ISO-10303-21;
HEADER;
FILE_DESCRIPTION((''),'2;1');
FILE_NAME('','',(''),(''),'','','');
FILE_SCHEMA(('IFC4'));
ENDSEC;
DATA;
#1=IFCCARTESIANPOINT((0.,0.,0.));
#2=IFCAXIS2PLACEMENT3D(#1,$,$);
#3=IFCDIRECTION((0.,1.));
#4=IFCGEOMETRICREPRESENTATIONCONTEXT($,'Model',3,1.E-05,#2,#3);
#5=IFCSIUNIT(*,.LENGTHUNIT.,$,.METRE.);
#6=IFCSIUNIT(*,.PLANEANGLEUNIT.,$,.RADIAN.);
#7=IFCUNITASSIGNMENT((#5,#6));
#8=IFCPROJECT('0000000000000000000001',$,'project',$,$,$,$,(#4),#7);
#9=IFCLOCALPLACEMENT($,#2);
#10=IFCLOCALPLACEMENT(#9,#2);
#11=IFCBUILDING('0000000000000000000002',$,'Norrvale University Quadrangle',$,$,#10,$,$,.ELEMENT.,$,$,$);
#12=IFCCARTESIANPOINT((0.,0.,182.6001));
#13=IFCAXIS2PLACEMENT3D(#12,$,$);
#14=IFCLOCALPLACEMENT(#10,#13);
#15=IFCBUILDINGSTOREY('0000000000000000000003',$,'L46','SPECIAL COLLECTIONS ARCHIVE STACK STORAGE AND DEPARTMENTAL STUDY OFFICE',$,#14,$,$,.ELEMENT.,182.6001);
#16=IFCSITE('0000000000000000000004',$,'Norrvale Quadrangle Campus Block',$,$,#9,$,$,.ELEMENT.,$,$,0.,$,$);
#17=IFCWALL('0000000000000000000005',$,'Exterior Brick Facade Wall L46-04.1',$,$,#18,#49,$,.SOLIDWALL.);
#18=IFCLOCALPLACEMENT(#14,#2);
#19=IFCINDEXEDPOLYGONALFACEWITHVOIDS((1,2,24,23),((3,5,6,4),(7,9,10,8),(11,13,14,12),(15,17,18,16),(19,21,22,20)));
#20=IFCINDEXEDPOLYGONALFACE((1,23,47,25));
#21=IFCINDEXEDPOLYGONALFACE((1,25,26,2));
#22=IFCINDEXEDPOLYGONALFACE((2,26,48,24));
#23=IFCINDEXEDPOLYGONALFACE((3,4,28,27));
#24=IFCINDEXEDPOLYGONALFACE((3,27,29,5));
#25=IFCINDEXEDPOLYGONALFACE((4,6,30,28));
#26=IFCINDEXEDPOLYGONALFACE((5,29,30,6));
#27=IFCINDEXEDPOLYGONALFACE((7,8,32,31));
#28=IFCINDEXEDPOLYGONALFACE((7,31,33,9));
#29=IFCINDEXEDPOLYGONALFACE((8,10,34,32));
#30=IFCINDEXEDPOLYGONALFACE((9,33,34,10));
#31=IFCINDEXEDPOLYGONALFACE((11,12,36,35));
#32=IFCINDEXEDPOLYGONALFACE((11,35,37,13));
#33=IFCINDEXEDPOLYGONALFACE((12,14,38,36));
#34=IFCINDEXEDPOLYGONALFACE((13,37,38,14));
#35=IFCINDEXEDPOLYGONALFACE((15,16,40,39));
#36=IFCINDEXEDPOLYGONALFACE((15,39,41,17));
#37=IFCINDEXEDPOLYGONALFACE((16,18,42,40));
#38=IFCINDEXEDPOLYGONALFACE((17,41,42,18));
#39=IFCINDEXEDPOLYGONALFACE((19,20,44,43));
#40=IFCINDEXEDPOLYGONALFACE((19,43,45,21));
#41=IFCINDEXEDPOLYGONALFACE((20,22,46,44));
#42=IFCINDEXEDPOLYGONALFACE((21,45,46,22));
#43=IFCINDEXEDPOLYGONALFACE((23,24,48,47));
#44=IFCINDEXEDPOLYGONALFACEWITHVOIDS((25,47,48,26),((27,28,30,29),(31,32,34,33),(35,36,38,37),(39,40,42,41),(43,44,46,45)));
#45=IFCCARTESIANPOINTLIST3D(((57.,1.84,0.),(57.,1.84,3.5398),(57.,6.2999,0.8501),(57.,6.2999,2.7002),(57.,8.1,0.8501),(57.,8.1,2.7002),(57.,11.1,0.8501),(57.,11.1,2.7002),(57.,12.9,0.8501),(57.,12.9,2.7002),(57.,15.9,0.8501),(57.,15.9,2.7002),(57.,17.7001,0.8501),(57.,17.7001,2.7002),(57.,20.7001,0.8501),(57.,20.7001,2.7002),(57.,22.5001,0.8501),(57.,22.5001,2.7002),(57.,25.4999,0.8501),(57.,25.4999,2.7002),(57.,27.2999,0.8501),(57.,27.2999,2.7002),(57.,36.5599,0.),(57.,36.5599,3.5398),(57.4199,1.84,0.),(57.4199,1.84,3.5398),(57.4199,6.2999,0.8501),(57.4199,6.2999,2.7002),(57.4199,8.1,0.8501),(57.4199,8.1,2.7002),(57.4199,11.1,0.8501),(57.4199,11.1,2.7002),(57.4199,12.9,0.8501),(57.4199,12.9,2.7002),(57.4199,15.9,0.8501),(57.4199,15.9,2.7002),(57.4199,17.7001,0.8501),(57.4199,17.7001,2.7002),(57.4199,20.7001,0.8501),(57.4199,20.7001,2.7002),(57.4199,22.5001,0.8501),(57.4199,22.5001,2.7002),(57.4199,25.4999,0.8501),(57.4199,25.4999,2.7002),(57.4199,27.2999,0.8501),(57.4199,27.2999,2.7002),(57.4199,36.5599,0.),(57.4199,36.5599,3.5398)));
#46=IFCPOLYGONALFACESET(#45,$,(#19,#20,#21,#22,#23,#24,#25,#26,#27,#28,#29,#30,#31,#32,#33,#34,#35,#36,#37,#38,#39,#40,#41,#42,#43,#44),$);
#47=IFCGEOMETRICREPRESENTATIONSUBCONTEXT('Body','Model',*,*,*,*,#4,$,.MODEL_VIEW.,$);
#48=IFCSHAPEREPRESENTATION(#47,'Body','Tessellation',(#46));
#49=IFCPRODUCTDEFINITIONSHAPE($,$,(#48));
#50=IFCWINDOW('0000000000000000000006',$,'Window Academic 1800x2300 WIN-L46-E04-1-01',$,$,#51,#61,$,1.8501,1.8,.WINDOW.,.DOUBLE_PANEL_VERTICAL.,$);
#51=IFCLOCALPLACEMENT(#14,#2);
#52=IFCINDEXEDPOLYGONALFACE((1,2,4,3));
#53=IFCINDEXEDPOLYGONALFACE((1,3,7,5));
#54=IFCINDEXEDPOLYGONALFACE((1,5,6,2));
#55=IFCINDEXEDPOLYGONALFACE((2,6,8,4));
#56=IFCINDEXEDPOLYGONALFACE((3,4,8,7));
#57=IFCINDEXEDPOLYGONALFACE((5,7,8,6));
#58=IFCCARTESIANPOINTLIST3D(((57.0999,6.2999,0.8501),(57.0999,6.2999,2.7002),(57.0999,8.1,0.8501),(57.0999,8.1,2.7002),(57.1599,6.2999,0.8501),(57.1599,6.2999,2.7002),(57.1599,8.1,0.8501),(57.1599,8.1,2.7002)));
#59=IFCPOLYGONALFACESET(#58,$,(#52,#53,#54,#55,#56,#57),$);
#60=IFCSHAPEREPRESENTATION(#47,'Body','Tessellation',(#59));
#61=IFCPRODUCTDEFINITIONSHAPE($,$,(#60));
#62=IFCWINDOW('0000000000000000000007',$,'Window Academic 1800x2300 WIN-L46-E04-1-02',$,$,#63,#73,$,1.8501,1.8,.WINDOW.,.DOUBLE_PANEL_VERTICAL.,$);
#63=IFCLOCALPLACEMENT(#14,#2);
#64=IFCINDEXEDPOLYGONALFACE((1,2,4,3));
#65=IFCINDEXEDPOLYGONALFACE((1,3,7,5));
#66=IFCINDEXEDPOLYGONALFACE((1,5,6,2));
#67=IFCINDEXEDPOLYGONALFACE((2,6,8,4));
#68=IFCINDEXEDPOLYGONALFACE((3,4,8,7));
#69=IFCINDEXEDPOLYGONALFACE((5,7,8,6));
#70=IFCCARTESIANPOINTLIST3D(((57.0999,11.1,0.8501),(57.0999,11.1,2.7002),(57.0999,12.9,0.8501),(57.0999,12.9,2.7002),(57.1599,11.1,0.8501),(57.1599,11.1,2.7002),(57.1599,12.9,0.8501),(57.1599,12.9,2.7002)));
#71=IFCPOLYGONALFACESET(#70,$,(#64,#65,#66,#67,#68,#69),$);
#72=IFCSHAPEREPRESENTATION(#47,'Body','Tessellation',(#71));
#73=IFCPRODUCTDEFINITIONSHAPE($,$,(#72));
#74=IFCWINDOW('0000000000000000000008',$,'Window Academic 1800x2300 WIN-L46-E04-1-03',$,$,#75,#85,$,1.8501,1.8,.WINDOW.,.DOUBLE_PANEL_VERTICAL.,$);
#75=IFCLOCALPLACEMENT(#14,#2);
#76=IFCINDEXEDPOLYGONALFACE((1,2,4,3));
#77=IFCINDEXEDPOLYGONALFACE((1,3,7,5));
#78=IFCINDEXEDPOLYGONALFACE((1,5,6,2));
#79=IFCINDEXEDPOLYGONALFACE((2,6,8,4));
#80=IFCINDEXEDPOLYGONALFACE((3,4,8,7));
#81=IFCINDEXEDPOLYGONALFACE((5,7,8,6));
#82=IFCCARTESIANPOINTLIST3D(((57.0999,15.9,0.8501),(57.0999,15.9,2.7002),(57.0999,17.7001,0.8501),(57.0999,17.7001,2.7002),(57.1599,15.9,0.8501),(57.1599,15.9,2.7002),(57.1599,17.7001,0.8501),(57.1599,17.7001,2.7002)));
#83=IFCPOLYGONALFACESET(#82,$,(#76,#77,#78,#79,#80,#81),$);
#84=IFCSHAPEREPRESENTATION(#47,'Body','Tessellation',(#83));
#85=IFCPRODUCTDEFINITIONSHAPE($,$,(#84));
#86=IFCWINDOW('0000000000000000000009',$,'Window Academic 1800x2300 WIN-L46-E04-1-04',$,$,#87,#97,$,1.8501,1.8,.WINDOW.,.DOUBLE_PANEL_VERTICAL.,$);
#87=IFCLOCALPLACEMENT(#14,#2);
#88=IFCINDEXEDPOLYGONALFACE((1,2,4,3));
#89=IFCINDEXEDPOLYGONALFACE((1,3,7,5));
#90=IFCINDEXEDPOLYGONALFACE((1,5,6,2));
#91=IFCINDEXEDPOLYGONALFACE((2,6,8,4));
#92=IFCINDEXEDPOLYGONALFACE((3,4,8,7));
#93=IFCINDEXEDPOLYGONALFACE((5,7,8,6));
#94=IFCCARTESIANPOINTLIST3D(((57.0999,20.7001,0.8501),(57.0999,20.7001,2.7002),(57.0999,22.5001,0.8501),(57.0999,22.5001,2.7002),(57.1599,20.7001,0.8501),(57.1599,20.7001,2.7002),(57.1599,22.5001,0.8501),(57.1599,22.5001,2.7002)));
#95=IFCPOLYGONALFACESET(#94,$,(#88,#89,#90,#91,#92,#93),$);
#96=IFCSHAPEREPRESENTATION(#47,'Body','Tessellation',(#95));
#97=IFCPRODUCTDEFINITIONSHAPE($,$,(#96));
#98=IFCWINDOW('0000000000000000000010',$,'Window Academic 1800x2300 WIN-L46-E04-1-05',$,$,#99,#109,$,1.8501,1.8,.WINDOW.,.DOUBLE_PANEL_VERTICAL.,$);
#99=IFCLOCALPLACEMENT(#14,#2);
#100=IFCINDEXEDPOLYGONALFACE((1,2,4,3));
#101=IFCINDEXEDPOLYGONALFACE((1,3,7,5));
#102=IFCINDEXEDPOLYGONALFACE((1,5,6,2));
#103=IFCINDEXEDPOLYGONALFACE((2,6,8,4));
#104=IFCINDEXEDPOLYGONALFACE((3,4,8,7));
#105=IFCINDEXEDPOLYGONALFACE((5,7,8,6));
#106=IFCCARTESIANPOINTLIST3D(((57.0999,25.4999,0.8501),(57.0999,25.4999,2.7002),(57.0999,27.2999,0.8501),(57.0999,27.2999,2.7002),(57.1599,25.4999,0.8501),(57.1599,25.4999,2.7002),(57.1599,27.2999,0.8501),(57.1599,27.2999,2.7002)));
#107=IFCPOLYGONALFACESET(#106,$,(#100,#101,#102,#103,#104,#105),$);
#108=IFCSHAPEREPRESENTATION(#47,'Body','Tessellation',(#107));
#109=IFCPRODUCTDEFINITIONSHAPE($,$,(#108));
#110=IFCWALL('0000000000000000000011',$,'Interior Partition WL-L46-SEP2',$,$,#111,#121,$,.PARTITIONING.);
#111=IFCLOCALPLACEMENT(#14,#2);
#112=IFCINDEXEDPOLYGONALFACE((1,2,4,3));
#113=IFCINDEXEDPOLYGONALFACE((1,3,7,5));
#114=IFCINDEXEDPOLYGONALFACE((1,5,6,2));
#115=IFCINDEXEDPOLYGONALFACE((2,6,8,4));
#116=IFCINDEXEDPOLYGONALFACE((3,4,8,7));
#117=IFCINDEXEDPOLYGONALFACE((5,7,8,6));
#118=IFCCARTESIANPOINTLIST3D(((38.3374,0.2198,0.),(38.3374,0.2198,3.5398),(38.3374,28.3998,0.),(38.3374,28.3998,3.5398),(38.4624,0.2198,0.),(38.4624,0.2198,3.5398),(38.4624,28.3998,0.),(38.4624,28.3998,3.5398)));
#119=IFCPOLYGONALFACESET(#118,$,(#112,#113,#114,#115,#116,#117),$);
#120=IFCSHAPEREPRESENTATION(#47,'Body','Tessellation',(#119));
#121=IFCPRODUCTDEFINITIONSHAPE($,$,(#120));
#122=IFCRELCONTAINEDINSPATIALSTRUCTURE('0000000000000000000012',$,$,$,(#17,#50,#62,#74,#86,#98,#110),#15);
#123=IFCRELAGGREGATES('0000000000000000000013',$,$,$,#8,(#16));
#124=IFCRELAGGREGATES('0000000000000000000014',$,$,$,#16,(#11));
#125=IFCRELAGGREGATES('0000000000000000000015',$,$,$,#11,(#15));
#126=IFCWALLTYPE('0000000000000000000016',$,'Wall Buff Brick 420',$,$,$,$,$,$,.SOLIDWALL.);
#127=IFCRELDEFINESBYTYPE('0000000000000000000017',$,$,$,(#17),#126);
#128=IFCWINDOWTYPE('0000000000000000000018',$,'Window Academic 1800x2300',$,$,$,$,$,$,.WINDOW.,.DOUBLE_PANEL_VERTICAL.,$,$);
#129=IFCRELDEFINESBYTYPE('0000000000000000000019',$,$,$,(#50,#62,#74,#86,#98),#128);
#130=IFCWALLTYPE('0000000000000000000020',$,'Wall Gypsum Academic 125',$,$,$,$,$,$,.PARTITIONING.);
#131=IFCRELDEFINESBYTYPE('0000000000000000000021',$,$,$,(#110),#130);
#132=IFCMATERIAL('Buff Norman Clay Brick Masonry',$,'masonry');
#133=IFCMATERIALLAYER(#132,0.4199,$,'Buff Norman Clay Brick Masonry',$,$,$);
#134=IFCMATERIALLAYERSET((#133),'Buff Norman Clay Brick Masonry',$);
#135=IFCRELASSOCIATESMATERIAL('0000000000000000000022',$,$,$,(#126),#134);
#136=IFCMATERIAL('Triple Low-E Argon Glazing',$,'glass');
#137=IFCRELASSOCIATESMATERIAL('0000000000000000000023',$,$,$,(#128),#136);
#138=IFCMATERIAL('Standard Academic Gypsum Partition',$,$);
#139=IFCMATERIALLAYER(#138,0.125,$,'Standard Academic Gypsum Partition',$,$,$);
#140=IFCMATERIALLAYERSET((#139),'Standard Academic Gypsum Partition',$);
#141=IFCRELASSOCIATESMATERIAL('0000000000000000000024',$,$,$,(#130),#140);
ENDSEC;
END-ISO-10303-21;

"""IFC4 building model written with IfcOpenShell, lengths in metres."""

from ifc_helpers import new_model, si_unit, direction, frame, frame_2d, origin, place, context, subcontext, project, spatial, rectangle, extrude, material, layer, layer_set, type_object, element, fill, save


model = new_model("IFC4")

# Units and contexts
model_context = context("Model", 3, precision=1e-05, world=origin(), true_north=direction((0.0, 1.0)))
body_context = subcontext(model_context, "Body", "Model", "MODEL_VIEW")
ifc_project = project(units=[si_unit("LENGTHUNIT", "METRE"), si_unit("PLANEANGLEUNIT", "RADIAN")], contexts=[model_context])

# Site, building, storey
site_placement = place(None, origin())
site = spatial("IfcSite", under=ifc_project, at=site_placement, Name="Norrvale Quadrangle Campus Block", CompositionType="ELEMENT", RefElevation=0.0)
building_placement = place(site_placement, origin())
building = spatial("IfcBuilding", under=site, at=building_placement, Name="Norrvale University Quadrangle", CompositionType="ELEMENT")
storey_placement = place(building_placement, frame((0.0, 0.0, 182.6001)))
storey = spatial("IfcBuildingStorey", under=building, at=storey_placement, Name="L46", Description="SPECIAL COLLECTIONS ARCHIVE STACK STORAGE AND DEPARTMENTAL STUDY OFFICE", CompositionType="ELEMENT", Elevation=182.6001)

# Shared definitions
ifc_material_1 = material(Name="Buff Norman Clay Brick Masonry", Category="masonry")
ifc_layer_1 = layer(ifc_material_1, 0.4199, Name="Buff Norman Clay Brick Masonry")
ifc_layer_set_1 = layer_set([ifc_layer_1], Name="Buff Norman Clay Brick Masonry")
wall_type_1 = type_object("IfcWallType", Name="Wall Buff Brick 420", PredefinedType="SOLIDWALL", material=ifc_layer_set_1)

# Wall, openings, windows
wall_1_placement = place(storey_placement, frame((57.21, 1.8401, 0.0), z_axis=(0.0, 0.0, 1.0), x_axis=(0.0, 1.0, 0.0)))
wall_1 = element("IfcWall", 1, at=wall_1_placement, inside=storey, type_object=wall_type_1, Name="Exterior Brick Facade Wall L46-04.1", PredefinedType="SOLIDWALL", context=body_context, shape_type="SweptSolid", body=[
    extrude(rectangle(XDim=34.72, YDim=0.4199, at=frame_2d((17.3599, 0.0))), origin(), (0.0, 0.0, 1.0), 3.5398),
])
opening_1_placement = place(wall_1_placement, frame((4.46, 0.0, 0.8501)))
opening_1 = element("IfcOpeningElement", 2, at=opening_1_placement, cuts=wall_1, PredefinedType="OPENING", context=body_context, shape_type="SweptSolid", body=[
    extrude(rectangle(XDim=1.8, YDim=1.8501, at=frame_2d((0.8999, 0.925))), frame((0.0, 0.2219, 0.0), z_axis=(0.0, -1.0, 0.0), x_axis=(1.0, 0.0, 0.0)), (0.0, 0.0, 1.0), 0.4438),
])
opening_2_placement = place(wall_1_placement, frame((9.26, 0.0, 0.8501)))
opening_2 = element("IfcOpeningElement", 3, at=opening_2_placement, cuts=wall_1, PredefinedType="OPENING", context=body_context, shape_type="SweptSolid", body=[
    extrude(rectangle(XDim=1.8, YDim=1.8501, at=frame_2d((0.8999, 0.925))), frame((0.0, 0.2219, 0.0), z_axis=(0.0, -1.0, 0.0), x_axis=(1.0, 0.0, 0.0)), (0.0, 0.0, 1.0), 0.4438),
])
opening_3_placement = place(wall_1_placement, frame((14.0601, 0.0, 0.8501)))
opening_3 = element("IfcOpeningElement", 4, at=opening_3_placement, cuts=wall_1, PredefinedType="OPENING", context=body_context, shape_type="SweptSolid", body=[
    extrude(rectangle(XDim=1.8, YDim=1.8501, at=frame_2d((0.8999, 0.925))), frame((0.0, 0.2219, 0.0), z_axis=(0.0, -1.0, 0.0), x_axis=(1.0, 0.0, 0.0)), (0.0, 0.0, 1.0), 0.4438),
])
opening_4_placement = place(wall_1_placement, frame((18.8601, 0.0, 0.8501)))
opening_4 = element("IfcOpeningElement", 5, at=opening_4_placement, cuts=wall_1, PredefinedType="OPENING", context=body_context, shape_type="SweptSolid", body=[
    extrude(rectangle(XDim=1.8, YDim=1.8501, at=frame_2d((0.8999, 0.925))), frame((0.0, 0.2219, 0.0), z_axis=(0.0, -1.0, 0.0), x_axis=(1.0, 0.0, 0.0)), (0.0, 0.0, 1.0), 0.4438),
])
opening_5_placement = place(wall_1_placement, frame((23.6599, 0.0, 0.8501)))
opening_5 = element("IfcOpeningElement", 6, at=opening_5_placement, cuts=wall_1, PredefinedType="OPENING", context=body_context, shape_type="SweptSolid", body=[
    extrude(rectangle(XDim=1.8, YDim=1.8501, at=frame_2d((0.8999, 0.925))), frame((0.0, 0.2219, 0.0), z_axis=(0.0, -1.0, 0.0), x_axis=(1.0, 0.0, 0.0)), (0.0, 0.0, 1.0), 0.4438),
])
ifc_material_2 = material(Name="Triple Low-E Argon Glazing", Category="glass")
window_type = type_object("IfcWindowType", Name="Window Academic 1800x2300", PartitioningType="DOUBLE_PANEL_VERTICAL", PredefinedType="WINDOW", material=ifc_material_2)
window_1_placement = place(opening_1_placement, origin())
window_1 = element("IfcWindow", 7, at=window_1_placement, inside=storey, type_object=window_type, Name="Window Academic 1800x2300 WIN-L46-E04-1-01", OverallHeight=1.8501, OverallWidth=1.8, PartitioningType="DOUBLE_PANEL_VERTICAL", PredefinedType="WINDOW", context=body_context, shape_type="SweptSolid", body=[
    extrude(rectangle(XDim=1.8, YDim=1.8501, at=frame_2d((0.8999, 0.925))), frame((0.0, 0.1101, 0.0), z_axis=(0.0, -1.0, 0.0), x_axis=(1.0, 0.0, 0.0)), (0.0, 0.0, 1.0), 0.0601),
])
fill(opening_1, window_1)
window_2_placement = place(opening_2_placement, origin())
window_2 = element("IfcWindow", 8, at=window_2_placement, inside=storey, type_object=window_type, Name="Window Academic 1800x2300 WIN-L46-E04-1-02", OverallHeight=1.8501, OverallWidth=1.8, PartitioningType="DOUBLE_PANEL_VERTICAL", PredefinedType="WINDOW", context=body_context, shape_type="SweptSolid", body=[
    extrude(rectangle(XDim=1.8, YDim=1.8501, at=frame_2d((0.8999, 0.925))), frame((0.0, 0.1101, 0.0), z_axis=(0.0, -1.0, 0.0), x_axis=(1.0, 0.0, 0.0)), (0.0, 0.0, 1.0), 0.0601),
])
fill(opening_2, window_2)
window_3_placement = place(opening_3_placement, origin())
window_3 = element("IfcWindow", 9, at=window_3_placement, inside=storey, type_object=window_type, Name="Window Academic 1800x2300 WIN-L46-E04-1-03", OverallHeight=1.8501, OverallWidth=1.8, PartitioningType="DOUBLE_PANEL_VERTICAL", PredefinedType="WINDOW", context=body_context, shape_type="SweptSolid", body=[
    extrude(rectangle(XDim=1.8, YDim=1.8501, at=frame_2d((0.8999, 0.925))), frame((0.0, 0.1101, 0.0), z_axis=(0.0, -1.0, 0.0), x_axis=(1.0, 0.0, 0.0)), (0.0, 0.0, 1.0), 0.0601),
])
fill(opening_3, window_3)
window_4_placement = place(opening_4_placement, origin())
window_4 = element("IfcWindow", 10, at=window_4_placement, inside=storey, type_object=window_type, Name="Window Academic 1800x2300 WIN-L46-E04-1-04", OverallHeight=1.8501, OverallWidth=1.8, PartitioningType="DOUBLE_PANEL_VERTICAL", PredefinedType="WINDOW", context=body_context, shape_type="SweptSolid", body=[
    extrude(rectangle(XDim=1.8, YDim=1.8501, at=frame_2d((0.8999, 0.925))), frame((0.0, 0.1101, 0.0), z_axis=(0.0, -1.0, 0.0), x_axis=(1.0, 0.0, 0.0)), (0.0, 0.0, 1.0), 0.0601),
])
fill(opening_4, window_4)
window_5_placement = place(opening_5_placement, origin())
window_5 = element("IfcWindow", 11, at=window_5_placement, inside=storey, type_object=window_type, Name="Window Academic 1800x2300 WIN-L46-E04-1-05", OverallHeight=1.8501, OverallWidth=1.8, PartitioningType="DOUBLE_PANEL_VERTICAL", PredefinedType="WINDOW", context=body_context, shape_type="SweptSolid", body=[
    extrude(rectangle(XDim=1.8, YDim=1.8501, at=frame_2d((0.8999, 0.925))), frame((0.0, 0.1101, 0.0), z_axis=(0.0, -1.0, 0.0), x_axis=(1.0, 0.0, 0.0)), (0.0, 0.0, 1.0), 0.0601),
])
fill(opening_5, window_5)

# Wall
ifc_material_3 = material(Name="Standard Academic Gypsum Partition")
ifc_layer_2 = layer(ifc_material_3, 0.125, Name="Standard Academic Gypsum Partition")
ifc_layer_set_2 = layer_set([ifc_layer_2], Name="Standard Academic Gypsum Partition")
wall_type_2 = type_object("IfcWallType", Name="Wall Gypsum Academic 125", PredefinedType="PARTITIONING", material=ifc_layer_set_2)
wall_2_placement = place(storey_placement, frame((38.3999, 0.22, 0.0), z_axis=(0.0, 0.0, 1.0), x_axis=(0.0, 1.0, 0.0)))
element("IfcWall", 12, at=wall_2_placement, inside=storey, type_object=wall_type_2, Name="Interior Partition WL-L46-SEP2", PredefinedType="PARTITIONING", context=body_context, shape_type="SweptSolid", body=[
    extrude(rectangle(XDim=28.1799, YDim=0.125, at=frame_2d((14.0898, 0.0))), origin(), (0.0, 0.0, 1.0), 3.5398),
])

save(model, "model.ifc")
